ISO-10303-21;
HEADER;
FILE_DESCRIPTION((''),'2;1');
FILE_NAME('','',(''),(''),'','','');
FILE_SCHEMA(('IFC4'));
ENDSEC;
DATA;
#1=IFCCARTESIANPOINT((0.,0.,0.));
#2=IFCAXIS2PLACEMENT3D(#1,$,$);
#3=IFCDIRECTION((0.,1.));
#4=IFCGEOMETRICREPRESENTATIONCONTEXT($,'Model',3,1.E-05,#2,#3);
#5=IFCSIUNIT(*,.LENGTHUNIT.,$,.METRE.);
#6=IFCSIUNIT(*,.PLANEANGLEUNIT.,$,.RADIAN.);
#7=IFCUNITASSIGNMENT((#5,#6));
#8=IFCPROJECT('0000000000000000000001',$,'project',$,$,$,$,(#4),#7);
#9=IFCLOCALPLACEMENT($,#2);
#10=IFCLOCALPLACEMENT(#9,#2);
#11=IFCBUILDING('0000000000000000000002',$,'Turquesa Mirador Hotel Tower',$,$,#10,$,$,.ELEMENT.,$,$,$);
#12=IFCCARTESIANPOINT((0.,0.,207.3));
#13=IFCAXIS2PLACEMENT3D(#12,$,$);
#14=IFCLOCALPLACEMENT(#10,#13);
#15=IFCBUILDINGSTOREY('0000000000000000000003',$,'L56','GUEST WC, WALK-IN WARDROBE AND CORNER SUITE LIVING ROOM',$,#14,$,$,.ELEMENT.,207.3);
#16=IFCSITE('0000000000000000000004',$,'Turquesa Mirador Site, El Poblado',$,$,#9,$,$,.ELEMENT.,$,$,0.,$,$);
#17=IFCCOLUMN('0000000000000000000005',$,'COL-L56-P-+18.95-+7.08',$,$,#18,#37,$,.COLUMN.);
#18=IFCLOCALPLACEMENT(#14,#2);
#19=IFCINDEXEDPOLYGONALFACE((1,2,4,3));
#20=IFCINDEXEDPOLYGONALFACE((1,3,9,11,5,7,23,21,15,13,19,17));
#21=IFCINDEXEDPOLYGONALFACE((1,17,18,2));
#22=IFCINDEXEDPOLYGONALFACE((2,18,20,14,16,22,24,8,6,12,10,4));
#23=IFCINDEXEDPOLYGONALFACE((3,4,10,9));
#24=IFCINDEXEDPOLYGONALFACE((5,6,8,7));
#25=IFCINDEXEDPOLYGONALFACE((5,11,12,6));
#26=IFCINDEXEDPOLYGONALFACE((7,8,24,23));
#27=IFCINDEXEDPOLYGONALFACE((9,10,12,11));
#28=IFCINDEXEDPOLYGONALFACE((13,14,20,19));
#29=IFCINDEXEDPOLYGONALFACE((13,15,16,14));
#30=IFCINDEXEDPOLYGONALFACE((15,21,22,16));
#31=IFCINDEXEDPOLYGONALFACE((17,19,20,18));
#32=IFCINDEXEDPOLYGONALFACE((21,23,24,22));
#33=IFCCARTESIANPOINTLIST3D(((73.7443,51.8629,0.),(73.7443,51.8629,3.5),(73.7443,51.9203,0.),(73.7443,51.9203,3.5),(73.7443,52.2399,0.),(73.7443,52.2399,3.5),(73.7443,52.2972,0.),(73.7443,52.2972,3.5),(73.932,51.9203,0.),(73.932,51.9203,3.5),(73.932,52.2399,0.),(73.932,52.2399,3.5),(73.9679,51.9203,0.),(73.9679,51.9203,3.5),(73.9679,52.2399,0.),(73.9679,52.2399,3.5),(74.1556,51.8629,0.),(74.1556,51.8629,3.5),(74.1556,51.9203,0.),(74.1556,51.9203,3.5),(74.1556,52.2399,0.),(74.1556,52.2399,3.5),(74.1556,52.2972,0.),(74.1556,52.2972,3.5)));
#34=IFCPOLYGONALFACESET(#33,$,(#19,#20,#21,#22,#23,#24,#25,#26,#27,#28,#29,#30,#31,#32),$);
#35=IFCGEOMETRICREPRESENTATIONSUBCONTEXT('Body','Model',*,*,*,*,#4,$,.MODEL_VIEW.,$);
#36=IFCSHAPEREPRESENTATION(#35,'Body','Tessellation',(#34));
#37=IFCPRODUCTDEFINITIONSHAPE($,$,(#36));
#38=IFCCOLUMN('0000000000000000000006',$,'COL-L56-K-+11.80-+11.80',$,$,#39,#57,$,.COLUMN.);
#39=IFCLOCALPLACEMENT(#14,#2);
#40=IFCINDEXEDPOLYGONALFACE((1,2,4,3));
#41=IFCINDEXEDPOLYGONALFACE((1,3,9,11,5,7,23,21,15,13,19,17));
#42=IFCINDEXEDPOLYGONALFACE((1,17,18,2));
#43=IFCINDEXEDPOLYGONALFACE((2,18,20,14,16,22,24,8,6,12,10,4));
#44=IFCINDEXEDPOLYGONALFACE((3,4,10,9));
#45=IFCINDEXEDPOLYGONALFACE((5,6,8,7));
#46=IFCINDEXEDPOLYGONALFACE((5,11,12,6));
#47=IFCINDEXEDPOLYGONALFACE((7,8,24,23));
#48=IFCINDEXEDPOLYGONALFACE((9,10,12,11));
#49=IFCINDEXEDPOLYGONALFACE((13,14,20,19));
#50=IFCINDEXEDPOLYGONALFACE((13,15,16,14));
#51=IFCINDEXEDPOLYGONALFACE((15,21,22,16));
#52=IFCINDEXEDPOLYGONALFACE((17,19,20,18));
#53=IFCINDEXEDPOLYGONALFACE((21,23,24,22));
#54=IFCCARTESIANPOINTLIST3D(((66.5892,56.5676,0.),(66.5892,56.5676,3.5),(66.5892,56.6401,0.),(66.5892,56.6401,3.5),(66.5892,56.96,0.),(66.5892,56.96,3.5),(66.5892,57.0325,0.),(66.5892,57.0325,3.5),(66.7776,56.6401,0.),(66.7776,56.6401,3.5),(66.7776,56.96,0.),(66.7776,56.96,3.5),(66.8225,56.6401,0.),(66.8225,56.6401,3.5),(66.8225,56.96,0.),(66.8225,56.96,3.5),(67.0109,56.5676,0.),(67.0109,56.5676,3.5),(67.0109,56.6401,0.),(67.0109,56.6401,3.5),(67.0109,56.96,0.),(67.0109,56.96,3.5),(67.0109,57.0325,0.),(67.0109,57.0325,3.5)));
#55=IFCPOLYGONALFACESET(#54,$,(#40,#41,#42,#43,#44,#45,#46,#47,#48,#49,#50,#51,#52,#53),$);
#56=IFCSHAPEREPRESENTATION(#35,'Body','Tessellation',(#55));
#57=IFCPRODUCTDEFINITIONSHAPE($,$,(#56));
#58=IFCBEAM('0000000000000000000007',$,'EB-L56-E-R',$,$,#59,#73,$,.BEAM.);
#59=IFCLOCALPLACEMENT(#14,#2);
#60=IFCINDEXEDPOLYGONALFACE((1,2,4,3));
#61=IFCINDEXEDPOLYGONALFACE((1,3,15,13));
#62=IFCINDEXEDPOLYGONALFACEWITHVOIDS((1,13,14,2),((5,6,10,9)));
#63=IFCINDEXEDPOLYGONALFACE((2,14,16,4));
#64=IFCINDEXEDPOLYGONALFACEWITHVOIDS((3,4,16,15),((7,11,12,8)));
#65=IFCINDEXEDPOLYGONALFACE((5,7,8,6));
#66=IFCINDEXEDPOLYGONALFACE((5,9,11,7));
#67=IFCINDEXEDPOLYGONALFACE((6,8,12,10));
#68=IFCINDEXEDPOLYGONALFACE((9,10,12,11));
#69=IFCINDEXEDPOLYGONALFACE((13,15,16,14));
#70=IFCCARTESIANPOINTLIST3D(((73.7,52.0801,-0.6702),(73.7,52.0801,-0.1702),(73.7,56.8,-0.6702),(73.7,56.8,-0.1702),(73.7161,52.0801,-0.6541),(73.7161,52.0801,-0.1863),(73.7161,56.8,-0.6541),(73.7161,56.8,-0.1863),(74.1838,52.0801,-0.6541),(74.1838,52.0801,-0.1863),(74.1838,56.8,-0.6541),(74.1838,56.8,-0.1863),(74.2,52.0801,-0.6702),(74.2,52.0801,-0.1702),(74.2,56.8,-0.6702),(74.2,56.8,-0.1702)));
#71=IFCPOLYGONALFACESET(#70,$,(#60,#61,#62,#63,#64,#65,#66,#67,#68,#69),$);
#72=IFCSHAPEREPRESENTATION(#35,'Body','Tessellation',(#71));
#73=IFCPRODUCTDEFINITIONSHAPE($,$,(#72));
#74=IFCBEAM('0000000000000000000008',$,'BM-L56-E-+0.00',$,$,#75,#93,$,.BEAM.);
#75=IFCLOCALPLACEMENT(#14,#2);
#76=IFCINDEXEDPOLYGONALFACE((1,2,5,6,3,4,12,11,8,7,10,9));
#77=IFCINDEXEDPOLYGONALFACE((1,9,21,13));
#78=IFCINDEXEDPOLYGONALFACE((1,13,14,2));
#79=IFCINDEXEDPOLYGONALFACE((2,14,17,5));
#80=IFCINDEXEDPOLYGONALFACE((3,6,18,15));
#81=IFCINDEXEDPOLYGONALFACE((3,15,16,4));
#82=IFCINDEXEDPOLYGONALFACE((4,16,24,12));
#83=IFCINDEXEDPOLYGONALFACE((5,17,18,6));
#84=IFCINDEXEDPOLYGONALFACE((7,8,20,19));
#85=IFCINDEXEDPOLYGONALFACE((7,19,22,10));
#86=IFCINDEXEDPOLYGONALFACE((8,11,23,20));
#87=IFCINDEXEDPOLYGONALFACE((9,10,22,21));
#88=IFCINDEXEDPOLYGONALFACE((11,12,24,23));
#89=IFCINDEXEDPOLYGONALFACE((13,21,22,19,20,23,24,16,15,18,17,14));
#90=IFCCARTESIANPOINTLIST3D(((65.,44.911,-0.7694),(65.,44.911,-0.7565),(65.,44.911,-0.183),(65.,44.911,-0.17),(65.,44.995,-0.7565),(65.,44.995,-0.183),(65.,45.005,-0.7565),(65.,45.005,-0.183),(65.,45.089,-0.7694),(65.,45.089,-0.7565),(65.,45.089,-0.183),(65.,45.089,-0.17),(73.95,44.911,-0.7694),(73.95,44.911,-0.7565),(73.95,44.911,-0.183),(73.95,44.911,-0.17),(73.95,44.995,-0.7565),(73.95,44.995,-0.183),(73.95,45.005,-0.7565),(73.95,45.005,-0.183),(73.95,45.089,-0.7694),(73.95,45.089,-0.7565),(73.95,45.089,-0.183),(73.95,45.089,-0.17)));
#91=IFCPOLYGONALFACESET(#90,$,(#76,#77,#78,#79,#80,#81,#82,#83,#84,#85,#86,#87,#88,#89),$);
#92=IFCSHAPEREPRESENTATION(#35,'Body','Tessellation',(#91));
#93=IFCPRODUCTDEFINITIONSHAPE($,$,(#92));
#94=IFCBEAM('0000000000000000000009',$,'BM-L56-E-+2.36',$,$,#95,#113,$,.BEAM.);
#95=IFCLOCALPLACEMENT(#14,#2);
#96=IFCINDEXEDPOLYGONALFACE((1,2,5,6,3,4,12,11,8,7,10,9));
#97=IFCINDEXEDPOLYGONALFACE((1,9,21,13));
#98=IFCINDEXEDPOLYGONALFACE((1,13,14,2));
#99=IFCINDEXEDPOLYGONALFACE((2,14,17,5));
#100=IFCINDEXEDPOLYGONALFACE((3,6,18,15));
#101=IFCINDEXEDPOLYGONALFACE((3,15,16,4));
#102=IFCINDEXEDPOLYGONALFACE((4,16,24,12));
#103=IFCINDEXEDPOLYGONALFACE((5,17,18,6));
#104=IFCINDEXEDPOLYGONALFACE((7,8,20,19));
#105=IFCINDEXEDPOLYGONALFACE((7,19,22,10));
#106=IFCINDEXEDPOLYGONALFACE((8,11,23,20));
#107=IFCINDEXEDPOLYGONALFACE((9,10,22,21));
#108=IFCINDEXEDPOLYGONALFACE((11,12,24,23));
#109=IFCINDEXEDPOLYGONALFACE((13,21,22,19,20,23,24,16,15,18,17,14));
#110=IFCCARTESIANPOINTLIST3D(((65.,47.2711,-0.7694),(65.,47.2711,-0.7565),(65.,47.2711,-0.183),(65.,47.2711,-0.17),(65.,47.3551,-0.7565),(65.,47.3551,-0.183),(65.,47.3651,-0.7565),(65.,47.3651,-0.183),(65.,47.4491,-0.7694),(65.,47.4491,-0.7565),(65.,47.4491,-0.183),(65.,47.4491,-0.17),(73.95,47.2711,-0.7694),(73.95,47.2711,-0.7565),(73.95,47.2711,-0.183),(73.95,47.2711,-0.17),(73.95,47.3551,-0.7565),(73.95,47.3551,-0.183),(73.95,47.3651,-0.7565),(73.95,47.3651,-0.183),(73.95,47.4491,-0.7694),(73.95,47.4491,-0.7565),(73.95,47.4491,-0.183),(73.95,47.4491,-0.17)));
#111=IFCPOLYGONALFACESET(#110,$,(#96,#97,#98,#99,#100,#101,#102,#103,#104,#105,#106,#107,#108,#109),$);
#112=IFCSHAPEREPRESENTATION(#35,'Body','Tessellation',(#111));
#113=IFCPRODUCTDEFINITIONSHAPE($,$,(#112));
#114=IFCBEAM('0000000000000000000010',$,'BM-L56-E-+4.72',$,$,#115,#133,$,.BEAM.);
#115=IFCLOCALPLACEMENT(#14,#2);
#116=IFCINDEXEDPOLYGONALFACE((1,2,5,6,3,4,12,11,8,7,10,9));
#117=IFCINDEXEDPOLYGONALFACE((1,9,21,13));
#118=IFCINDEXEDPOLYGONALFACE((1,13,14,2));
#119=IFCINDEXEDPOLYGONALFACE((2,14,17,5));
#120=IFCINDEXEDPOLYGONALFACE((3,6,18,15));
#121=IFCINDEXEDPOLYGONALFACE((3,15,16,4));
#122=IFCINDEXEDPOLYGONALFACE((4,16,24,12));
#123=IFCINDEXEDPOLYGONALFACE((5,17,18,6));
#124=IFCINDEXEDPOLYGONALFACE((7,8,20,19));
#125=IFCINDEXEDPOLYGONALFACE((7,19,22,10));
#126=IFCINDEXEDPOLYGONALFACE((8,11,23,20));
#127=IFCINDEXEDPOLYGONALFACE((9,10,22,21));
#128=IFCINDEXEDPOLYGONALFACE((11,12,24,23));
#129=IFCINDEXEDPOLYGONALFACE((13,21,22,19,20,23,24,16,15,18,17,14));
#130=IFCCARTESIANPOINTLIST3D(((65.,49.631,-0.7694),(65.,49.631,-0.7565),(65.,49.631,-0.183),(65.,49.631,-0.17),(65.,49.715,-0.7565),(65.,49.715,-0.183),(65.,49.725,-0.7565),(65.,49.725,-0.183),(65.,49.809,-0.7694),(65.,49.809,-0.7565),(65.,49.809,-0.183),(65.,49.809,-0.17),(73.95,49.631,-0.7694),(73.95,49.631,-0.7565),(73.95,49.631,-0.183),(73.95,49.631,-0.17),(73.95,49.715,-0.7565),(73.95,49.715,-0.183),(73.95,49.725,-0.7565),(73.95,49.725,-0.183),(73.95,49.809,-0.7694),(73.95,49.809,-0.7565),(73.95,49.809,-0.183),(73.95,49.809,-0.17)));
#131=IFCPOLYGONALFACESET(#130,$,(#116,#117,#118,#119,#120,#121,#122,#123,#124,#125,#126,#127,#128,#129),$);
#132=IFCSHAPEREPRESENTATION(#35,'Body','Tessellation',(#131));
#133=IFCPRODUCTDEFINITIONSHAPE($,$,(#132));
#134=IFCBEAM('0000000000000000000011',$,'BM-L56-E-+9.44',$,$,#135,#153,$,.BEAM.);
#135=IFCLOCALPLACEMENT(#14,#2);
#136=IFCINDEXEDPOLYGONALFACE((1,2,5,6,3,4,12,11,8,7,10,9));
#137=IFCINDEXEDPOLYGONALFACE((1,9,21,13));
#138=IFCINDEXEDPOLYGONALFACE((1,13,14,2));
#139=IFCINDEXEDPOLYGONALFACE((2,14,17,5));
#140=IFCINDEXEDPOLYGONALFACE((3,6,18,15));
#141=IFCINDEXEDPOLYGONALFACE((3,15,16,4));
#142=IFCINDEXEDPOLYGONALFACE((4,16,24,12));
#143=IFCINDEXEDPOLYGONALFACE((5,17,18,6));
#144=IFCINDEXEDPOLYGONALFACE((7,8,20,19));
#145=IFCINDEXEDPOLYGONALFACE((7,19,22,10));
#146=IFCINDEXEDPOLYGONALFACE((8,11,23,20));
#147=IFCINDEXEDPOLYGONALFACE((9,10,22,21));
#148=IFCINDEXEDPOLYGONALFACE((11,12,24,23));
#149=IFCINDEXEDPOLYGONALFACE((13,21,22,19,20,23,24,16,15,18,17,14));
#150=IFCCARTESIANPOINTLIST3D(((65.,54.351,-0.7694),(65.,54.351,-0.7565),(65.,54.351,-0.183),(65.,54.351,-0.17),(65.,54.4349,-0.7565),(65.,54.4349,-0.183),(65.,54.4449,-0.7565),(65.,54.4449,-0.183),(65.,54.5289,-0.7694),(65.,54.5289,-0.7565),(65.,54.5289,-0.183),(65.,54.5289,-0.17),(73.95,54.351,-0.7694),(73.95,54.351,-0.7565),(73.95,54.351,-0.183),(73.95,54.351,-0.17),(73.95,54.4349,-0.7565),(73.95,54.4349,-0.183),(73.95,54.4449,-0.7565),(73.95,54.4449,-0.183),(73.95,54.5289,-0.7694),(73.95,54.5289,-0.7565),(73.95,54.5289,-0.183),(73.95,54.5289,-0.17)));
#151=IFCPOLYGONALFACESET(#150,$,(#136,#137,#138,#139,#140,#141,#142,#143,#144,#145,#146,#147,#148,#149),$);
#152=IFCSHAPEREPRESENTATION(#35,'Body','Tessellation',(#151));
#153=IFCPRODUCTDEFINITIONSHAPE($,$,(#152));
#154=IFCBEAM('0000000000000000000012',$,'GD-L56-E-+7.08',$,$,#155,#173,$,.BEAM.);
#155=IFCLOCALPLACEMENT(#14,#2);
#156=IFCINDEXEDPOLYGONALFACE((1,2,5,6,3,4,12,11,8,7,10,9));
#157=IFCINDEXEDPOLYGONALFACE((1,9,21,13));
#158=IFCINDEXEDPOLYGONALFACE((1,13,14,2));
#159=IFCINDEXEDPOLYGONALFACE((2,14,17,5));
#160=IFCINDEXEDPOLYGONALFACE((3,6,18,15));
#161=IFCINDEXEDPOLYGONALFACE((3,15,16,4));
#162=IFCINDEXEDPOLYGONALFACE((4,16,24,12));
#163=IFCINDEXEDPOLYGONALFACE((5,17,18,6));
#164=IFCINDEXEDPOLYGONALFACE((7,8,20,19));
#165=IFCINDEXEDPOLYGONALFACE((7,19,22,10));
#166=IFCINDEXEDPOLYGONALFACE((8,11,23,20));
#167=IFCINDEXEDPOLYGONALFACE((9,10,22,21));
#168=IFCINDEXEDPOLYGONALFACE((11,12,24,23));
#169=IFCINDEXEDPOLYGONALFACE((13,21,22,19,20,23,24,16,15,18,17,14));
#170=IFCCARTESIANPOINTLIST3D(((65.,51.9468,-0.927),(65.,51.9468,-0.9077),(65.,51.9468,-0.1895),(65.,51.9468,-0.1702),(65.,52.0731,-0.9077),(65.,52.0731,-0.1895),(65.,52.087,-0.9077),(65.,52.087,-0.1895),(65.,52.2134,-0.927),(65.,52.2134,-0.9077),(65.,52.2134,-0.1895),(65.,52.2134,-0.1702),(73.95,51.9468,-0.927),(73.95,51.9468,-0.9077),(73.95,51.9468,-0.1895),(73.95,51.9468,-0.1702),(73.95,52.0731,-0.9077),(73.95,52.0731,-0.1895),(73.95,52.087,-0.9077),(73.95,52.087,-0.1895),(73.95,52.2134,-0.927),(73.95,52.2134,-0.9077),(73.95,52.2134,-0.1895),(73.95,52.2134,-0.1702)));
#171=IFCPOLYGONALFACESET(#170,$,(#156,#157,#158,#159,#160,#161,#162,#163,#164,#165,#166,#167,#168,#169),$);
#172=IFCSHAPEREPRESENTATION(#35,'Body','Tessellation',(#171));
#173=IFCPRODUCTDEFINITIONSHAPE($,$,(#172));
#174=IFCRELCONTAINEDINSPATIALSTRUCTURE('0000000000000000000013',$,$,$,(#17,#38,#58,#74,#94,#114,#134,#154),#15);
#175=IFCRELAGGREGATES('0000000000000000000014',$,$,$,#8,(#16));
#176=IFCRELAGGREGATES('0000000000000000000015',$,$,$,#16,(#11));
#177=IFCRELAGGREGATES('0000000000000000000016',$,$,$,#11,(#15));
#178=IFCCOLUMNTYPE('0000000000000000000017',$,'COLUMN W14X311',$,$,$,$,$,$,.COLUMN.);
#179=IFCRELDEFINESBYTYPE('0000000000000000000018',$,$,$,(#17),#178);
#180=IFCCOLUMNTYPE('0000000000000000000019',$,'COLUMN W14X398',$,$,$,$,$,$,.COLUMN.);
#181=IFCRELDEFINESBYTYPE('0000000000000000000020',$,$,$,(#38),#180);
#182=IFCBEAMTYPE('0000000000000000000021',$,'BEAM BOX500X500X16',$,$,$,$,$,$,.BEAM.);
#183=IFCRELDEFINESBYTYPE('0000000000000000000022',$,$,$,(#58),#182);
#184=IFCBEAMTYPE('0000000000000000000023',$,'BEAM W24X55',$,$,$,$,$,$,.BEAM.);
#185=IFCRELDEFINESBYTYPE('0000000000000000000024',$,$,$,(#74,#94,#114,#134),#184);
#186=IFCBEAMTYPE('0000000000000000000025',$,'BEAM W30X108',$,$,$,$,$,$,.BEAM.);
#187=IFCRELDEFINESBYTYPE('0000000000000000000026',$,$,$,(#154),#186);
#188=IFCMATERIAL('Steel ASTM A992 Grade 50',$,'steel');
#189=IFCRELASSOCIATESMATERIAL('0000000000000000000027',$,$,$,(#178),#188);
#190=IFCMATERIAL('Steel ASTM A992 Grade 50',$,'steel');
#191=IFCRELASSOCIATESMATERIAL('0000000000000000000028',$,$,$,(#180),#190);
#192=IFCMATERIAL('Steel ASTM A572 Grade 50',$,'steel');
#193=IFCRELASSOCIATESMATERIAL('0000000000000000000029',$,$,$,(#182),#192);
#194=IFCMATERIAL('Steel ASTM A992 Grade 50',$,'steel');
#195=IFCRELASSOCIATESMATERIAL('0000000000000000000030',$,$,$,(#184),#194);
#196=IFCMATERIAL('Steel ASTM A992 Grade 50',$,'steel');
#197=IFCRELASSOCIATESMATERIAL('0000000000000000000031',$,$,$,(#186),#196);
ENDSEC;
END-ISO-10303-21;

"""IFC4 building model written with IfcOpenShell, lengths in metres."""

from ifc_helpers import new_model, si_unit, direction, frame, origin, origin_2d, place, context, subcontext, project, spatial, hollow_rectangle, i_section, extrude, material, material_profile, profile_set, type_object, element, save


model = new_model("IFC4")

# Units and contexts
model_context = context("Model", 3, precision=1e-05, world=origin(), true_north=direction((0.0, 1.0)))
body_context = subcontext(model_context, "Body", "Model", "MODEL_VIEW")
ifc_project = project(units=[si_unit("LENGTHUNIT", "METRE"), si_unit("PLANEANGLEUNIT", "RADIAN")], contexts=[model_context])

# Site, building, storey
site_placement = place(None, origin())
site = spatial("IfcSite", under=ifc_project, at=site_placement, Name="Turquesa Mirador Site, El Poblado", CompositionType="ELEMENT", RefElevation=0.0)
building_placement = place(site_placement, origin())
building = spatial("IfcBuilding", under=site, at=building_placement, Name="Turquesa Mirador Hotel Tower", CompositionType="ELEMENT")
storey_placement = place(building_placement, frame((0.0, 0.0, 207.3)))
storey = spatial("IfcBuildingStorey", under=building, at=storey_placement, Name="L56", Description="GUEST WC, WALK-IN WARDROBE AND CORNER SUITE LIVING ROOM", CompositionType="ELEMENT", Elevation=207.3)

# Columns
ifc_material_1 = material(Name="Steel ASTM A992 Grade 50", Category="steel")
ifc_material_profile_1 = material_profile(ifc_material_1, i_section(OverallWidth=0.4114, OverallDepth=0.4343, WebThickness=0.0359, FlangeThickness=0.0574, at=origin_2d()), Name="W14X311")
ifc_profile_set_1 = profile_set([ifc_material_profile_1], Name="Steel ASTM A992 Grade 50")
column_type_1 = type_object("IfcColumnType", Name="COLUMN W14X311", PredefinedType="COLUMN", material=ifc_profile_set_1)
column_1_placement = place(storey_placement, frame((73.95, 52.0801, 0.0), z_axis=(0.0, 0.0, 1.0), x_axis=(1.0, 0.0, 0.0)))
element("IfcColumn", 1, at=column_1_placement, inside=storey, type_object=column_type_1, Name="COL-L56-P-+18.95-+7.08", PredefinedType="COLUMN", context=body_context, shape_type="SweptSolid", body=[
    extrude(i_section(OverallWidth=0.4114, OverallDepth=0.4343, WebThickness=0.0359, FlangeThickness=0.0574, at=origin_2d()), origin(), (0.0, 0.0, 1.0), 3.5),
])
ifc_material_2 = material(Name="Steel ASTM A992 Grade 50", Category="steel")
ifc_material_profile_2 = material_profile(ifc_material_2, i_section(OverallWidth=0.4216, OverallDepth=0.4648, WebThickness=0.0449, FlangeThickness=0.0725, at=origin_2d()), Name="W14X398")
ifc_profile_set_2 = profile_set([ifc_material_profile_2], Name="Steel ASTM A992 Grade 50")
column_type_2 = type_object("IfcColumnType", Name="COLUMN W14X398", PredefinedType="COLUMN", material=ifc_profile_set_2)
column_2_placement = place(storey_placement, frame((66.8, 56.8, 0.0), z_axis=(0.0, 0.0, 1.0), x_axis=(1.0, 0.0, 0.0)))
element("IfcColumn", 2, at=column_2_placement, inside=storey, type_object=column_type_2, Name="COL-L56-K-+11.80-+11.80", PredefinedType="COLUMN", context=body_context, shape_type="SweptSolid", body=[
    extrude(i_section(OverallWidth=0.4216, OverallDepth=0.4648, WebThickness=0.0449, FlangeThickness=0.0725, at=origin_2d()), origin(), (0.0, 0.0, 1.0), 3.5),
])

# Beams
ifc_material_3 = material(Name="Steel ASTM A572 Grade 50", Category="steel")
ifc_material_profile_3 = material_profile(ifc_material_3, hollow_rectangle(XDim=0.5, YDim=0.5, WallThickness=0.0161, at=origin_2d()), Name="BOX500X500X16")
ifc_profile_set_3 = profile_set([ifc_material_profile_3], Name="Steel ASTM A572 Grade 50")
beam_type_1 = type_object("IfcBeamType", Name="BEAM BOX500X500X16", PredefinedType="BEAM", material=ifc_profile_set_3)
beam_1_placement = place(storey_placement, frame((73.95, 52.0801, -0.4202), z_axis=(0.0, 1.0, 0.0), x_axis=(-1.0, 0.0, 0.0)))
element("IfcBeam", 3, at=beam_1_placement, inside=storey, type_object=beam_type_1, Name="EB-L56-E-R", PredefinedType="BEAM", context=body_context, shape_type="SweptSolid", body=[
    extrude(hollow_rectangle(XDim=0.5, YDim=0.5, WallThickness=0.0161, at=origin_2d()), origin(), (0.0, 0.0, 1.0), 4.72),
])
ifc_material_4 = material(Name="Steel ASTM A992 Grade 50", Category="steel")
ifc_material_profile_4 = material_profile(ifc_material_4, i_section(OverallWidth=0.178, OverallDepth=0.5994, WebThickness=0.01, FlangeThickness=0.0129, at=origin_2d()), Name="W24X55")
ifc_profile_set_4 = profile_set([ifc_material_profile_4], Name="Steel ASTM A992 Grade 50")
beam_type_2 = type_object("IfcBeamType", Name="BEAM W24X55", PredefinedType="BEAM", material=ifc_profile_set_4)
for number, where, z_axis, x_axis, name in (
    (4, (73.95, 45.0, -0.4697), (-1.0, 0.0, 0.0), (0.0, -1.0, 0.0), "BM-L56-E-+0.00"),
    (5, (73.95, 47.3601, -0.4697), (-1.0, 0.0, 0.0), (0.0, -1.0, 0.0), "BM-L56-E-+2.36"),
    (6, (73.95, 49.72, -0.4697), (-1.0, 0.0, 0.0), (0.0, -1.0, 0.0), "BM-L56-E-+4.72"),
    (7, (73.95, 54.4399, -0.4697), (-1.0, 0.0, 0.0), (0.0, -1.0, 0.0), "BM-L56-E-+9.44"),
):
    element("IfcBeam", number, at=place(storey_placement, frame(where, z_axis=z_axis, x_axis=x_axis)), inside=storey, type_object=beam_type_2, Name=name, PredefinedType="BEAM", context=body_context, shape_type="SweptSolid", body=[
        extrude(i_section(OverallWidth=0.178, OverallDepth=0.5994, WebThickness=0.01, FlangeThickness=0.0129, at=origin_2d()), origin(), (0.0, 0.0, 1.0), 8.95),
    ])
ifc_material_5 = material(Name="Steel ASTM A992 Grade 50", Category="steel")
ifc_material_profile_5 = material_profile(ifc_material_5, i_section(OverallWidth=0.2666, OverallDepth=0.7568, WebThickness=0.0139, FlangeThickness=0.0193, at=origin_2d()), Name="W30X108")
ifc_profile_set_5 = profile_set([ifc_material_profile_5], Name="Steel ASTM A992 Grade 50")
beam_type_3 = type_object("IfcBeamType", Name="BEAM W30X108", PredefinedType="BEAM", material=ifc_profile_set_5)
beam_2_placement = place(storey_placement, frame((73.95, 52.0801, -0.5486), z_axis=(-1.0, 0.0, 0.0), x_axis=(0.0, -1.0, 0.0)))
element("IfcBeam", 8, at=beam_2_placement, inside=storey, type_object=beam_type_3, Name="GD-L56-E-+7.08", PredefinedType="BEAM", context=body_context, shape_type="SweptSolid", body=[
    extrude(i_section(OverallWidth=0.2666, OverallDepth=0.7568, WebThickness=0.0139, FlangeThickness=0.0193, at=origin_2d()), origin(), (0.0, 0.0, 1.0), 8.95),
])

save(model, "model.ifc")
